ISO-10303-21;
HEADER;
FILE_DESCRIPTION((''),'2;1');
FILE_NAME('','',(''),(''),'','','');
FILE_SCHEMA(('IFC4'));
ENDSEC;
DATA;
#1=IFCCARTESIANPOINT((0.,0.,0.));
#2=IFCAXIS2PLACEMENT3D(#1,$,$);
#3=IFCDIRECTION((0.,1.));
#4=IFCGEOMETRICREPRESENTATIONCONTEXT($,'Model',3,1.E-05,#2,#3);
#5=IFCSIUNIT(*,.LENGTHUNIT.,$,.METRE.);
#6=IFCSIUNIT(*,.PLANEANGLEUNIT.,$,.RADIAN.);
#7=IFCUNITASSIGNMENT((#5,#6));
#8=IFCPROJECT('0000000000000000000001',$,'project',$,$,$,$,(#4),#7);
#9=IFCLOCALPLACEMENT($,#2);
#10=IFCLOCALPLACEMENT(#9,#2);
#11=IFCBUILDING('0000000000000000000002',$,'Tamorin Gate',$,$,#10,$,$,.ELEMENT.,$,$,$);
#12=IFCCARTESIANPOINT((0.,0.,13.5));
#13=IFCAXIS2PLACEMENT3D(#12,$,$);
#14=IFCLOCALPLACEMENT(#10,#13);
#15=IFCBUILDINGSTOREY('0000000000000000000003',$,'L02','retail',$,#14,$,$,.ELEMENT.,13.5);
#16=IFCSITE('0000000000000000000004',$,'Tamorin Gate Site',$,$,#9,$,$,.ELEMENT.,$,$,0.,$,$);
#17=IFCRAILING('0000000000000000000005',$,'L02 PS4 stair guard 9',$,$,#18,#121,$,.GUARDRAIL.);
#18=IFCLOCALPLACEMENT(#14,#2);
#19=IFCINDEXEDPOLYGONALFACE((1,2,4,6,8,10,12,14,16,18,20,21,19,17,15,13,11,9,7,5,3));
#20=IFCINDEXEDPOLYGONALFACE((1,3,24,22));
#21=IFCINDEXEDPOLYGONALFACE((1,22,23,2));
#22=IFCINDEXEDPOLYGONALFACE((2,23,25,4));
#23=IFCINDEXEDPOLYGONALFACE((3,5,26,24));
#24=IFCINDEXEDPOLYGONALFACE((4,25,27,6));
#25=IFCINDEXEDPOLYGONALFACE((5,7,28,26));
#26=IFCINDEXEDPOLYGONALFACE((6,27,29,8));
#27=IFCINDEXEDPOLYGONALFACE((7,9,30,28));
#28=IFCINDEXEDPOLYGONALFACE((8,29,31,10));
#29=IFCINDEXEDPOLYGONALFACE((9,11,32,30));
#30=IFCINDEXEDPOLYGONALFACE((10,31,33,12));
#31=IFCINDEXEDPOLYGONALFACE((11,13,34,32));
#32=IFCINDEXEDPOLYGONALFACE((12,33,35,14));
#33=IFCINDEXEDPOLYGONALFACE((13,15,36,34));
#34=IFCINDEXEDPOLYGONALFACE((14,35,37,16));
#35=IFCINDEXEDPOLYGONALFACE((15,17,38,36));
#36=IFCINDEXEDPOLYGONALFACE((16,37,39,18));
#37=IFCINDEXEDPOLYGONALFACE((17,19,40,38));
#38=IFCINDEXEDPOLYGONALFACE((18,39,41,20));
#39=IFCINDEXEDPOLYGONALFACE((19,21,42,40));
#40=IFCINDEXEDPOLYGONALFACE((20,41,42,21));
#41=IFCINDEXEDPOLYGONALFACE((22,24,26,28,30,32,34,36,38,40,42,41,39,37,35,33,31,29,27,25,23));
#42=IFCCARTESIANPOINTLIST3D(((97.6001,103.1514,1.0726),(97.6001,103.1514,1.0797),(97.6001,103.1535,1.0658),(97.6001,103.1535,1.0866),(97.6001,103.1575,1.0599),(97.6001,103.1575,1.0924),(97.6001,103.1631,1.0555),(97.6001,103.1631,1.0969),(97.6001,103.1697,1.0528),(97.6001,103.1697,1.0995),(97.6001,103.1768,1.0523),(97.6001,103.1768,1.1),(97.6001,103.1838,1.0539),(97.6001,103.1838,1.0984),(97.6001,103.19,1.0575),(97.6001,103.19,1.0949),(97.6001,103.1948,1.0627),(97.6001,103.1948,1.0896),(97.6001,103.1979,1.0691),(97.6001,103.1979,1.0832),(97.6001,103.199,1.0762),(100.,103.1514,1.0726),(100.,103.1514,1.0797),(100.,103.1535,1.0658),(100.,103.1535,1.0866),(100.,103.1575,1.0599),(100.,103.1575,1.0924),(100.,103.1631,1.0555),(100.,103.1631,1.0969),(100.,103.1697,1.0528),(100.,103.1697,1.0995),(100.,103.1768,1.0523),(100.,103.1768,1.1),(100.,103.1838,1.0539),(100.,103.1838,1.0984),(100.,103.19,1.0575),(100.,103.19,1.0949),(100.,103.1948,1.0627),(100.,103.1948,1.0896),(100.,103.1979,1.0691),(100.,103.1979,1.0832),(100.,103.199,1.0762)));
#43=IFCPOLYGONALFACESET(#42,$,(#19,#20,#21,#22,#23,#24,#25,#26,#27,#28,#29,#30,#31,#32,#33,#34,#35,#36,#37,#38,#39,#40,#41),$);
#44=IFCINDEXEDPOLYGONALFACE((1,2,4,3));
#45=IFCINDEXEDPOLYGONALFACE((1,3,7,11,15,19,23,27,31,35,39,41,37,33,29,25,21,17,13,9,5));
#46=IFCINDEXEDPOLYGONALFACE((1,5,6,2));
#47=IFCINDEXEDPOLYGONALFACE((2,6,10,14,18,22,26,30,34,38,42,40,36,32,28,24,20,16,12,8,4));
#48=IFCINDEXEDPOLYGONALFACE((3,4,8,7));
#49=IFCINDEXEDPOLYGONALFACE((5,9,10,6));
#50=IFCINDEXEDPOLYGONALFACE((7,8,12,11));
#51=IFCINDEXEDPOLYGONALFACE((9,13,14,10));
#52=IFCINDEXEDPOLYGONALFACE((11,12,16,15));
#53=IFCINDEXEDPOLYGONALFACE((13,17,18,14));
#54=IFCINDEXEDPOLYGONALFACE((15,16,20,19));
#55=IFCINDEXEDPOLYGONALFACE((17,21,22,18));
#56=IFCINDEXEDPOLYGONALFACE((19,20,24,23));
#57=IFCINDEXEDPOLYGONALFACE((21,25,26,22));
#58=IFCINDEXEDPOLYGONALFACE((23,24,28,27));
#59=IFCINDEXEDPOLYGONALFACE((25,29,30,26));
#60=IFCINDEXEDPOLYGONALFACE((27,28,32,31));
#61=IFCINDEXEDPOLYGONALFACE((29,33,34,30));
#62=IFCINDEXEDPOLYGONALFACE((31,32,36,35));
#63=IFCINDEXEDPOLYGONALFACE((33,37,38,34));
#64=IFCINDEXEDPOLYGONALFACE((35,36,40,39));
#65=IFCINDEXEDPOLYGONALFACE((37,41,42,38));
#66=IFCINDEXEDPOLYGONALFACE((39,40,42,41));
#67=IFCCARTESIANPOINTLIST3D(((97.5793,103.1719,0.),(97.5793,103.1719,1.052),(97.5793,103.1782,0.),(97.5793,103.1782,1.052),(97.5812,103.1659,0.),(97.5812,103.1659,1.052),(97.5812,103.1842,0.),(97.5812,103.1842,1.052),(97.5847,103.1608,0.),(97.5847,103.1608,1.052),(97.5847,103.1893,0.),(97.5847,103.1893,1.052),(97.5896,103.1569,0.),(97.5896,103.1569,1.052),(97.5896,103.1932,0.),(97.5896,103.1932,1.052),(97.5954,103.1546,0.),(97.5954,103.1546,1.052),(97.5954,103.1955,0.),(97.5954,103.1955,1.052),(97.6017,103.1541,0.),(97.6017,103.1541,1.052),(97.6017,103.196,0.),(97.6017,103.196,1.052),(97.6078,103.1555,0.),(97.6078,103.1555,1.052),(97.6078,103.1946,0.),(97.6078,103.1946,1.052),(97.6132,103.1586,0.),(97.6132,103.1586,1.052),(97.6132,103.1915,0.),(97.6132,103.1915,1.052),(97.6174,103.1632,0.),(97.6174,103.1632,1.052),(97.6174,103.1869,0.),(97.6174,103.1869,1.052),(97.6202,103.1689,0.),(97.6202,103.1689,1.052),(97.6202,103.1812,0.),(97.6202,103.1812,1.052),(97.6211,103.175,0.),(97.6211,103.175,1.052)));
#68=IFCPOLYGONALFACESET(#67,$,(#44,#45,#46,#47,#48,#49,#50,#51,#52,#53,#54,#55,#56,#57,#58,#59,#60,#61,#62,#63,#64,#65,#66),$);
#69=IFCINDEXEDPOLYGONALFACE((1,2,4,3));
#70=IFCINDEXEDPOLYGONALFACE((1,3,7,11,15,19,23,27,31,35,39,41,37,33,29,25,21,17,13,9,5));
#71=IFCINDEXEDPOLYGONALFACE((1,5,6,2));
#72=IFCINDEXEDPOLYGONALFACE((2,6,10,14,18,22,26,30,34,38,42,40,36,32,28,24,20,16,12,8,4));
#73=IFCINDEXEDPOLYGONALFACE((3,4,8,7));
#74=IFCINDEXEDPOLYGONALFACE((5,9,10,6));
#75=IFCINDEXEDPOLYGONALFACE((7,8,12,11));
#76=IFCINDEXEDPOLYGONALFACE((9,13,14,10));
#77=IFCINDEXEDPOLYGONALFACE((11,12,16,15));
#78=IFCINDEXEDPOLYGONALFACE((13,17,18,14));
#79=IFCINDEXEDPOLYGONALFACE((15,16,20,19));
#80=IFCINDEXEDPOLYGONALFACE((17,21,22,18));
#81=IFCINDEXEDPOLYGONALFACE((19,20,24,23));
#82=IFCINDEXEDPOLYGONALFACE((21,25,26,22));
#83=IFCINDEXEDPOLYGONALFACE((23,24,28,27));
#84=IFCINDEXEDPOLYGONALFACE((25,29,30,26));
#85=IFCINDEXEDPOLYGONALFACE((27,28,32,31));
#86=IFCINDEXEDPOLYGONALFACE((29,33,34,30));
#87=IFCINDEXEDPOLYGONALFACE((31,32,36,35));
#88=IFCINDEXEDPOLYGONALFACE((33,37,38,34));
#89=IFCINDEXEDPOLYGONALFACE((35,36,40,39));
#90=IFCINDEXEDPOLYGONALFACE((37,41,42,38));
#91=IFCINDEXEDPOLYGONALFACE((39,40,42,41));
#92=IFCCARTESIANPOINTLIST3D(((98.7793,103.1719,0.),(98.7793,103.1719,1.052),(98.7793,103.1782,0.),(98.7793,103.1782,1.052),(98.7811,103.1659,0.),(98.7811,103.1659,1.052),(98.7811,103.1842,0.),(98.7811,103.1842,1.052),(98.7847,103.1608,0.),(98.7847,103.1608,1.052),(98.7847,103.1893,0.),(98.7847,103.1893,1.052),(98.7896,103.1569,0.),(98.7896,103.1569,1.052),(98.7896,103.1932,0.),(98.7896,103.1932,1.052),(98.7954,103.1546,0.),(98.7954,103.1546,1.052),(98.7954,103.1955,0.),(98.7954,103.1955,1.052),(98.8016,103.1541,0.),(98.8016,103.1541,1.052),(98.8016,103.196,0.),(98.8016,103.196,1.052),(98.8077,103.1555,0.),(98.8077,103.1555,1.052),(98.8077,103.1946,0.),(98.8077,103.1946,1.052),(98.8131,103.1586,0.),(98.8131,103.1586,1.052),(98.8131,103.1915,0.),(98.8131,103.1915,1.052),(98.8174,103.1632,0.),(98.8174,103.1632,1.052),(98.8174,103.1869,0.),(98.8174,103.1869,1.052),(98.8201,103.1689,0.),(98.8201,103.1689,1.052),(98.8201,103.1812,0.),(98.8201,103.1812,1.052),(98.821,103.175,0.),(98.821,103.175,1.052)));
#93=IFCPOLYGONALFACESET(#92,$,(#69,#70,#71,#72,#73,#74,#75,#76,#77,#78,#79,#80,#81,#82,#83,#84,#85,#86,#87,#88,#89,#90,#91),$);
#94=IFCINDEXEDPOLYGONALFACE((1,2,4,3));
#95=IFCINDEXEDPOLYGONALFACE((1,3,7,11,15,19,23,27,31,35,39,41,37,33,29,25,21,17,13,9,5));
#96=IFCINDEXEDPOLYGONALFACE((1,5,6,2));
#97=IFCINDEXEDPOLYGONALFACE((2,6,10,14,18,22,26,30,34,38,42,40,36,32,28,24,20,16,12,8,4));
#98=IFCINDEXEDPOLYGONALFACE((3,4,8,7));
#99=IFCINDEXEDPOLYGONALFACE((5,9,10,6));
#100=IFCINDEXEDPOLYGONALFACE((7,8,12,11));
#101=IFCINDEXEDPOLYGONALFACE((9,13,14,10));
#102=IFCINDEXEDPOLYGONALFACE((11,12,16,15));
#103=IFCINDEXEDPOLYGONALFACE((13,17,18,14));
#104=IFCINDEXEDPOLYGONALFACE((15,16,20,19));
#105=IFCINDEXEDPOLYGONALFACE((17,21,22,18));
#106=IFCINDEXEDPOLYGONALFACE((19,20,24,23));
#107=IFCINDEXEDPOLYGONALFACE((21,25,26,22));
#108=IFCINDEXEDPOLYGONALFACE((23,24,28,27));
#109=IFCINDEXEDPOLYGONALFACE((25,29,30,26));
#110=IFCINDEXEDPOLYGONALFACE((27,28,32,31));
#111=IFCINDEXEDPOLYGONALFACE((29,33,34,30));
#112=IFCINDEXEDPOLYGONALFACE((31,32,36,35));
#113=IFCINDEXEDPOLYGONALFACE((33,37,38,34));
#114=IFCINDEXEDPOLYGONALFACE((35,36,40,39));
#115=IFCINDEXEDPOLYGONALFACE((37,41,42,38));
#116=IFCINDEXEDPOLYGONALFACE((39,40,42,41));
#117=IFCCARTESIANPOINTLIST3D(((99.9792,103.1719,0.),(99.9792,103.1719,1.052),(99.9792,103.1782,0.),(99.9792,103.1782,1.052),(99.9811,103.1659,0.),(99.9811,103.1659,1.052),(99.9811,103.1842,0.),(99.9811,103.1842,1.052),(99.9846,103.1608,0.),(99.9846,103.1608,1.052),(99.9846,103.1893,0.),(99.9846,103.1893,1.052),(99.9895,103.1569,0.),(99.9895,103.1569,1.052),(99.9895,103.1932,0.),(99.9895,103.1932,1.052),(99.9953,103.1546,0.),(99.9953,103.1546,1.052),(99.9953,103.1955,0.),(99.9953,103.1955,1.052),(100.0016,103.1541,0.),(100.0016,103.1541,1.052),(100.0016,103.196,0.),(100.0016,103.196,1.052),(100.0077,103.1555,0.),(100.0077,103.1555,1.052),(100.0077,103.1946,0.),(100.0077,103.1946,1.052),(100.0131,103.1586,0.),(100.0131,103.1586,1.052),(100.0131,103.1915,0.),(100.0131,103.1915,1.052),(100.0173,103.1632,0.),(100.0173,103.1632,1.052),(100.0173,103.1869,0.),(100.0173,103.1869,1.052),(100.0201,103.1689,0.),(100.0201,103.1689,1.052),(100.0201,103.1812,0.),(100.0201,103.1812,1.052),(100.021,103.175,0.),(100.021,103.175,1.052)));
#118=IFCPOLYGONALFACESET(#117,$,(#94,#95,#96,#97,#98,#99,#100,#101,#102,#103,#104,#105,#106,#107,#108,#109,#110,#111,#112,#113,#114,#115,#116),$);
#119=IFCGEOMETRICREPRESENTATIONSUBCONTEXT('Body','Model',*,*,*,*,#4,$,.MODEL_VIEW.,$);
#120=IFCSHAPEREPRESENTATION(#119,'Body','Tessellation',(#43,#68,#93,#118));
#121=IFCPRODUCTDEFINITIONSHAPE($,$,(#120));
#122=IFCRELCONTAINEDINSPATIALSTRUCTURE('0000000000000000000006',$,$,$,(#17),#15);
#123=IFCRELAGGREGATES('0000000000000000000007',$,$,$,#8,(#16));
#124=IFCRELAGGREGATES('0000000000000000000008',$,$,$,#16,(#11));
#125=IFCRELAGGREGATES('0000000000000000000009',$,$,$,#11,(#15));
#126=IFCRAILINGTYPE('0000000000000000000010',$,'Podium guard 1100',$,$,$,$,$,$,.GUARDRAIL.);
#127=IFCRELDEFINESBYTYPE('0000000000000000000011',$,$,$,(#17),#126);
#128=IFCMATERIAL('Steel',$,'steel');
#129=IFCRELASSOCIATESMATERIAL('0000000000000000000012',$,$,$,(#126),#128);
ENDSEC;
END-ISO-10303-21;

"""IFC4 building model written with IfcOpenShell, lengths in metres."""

from ifc_helpers import new_model, si_unit, direction, frame, origin, origin_2d, place, context, subcontext, project, spatial, circle, extrude, material, type_object, element, save


model = new_model("IFC4")

# Units and contexts
model_context = context("Model", 3, precision=1e-05, world=origin(), true_north=direction((0.0, 1.0)))
body_context = subcontext(model_context, "Body", "Model", "MODEL_VIEW")
ifc_project = project(units=[si_unit("LENGTHUNIT", "METRE"), si_unit("PLANEANGLEUNIT", "RADIAN")], contexts=[model_context])

# Site, building, storey
site_placement = place(None, origin())
site = spatial("IfcSite", under=ifc_project, at=site_placement, Name="Tamorin Gate Site", CompositionType="ELEMENT", RefElevation=0.0)
building_placement = place(site_placement, origin())
building = spatial("IfcBuilding", under=site, at=building_placement, Name="Tamorin Gate", CompositionType="ELEMENT")
storey_placement = place(building_placement, frame((0.0, 0.0, 13.5)))
storey = spatial("IfcBuildingStorey", under=building, at=storey_placement, Name="L02", Description="retail", CompositionType="ELEMENT", Elevation=13.5)

# Railing
ifc_material_1 = material(Name="Steel", Category="steel")
railing_type = type_object("IfcRailingType", Name="Podium guard 1100", PredefinedType="GUARDRAIL", material=ifc_material_1)
for number, where, name in (
    (1, (97.6001, 103.175, 0.0), "L02 PS4 stair guard 9"),
):
    element("IfcRailing", number, at=place(storey_placement, frame(where)), inside=storey, type_object=railing_type, Name=name, PredefinedType="GUARDRAIL", context=body_context, shape_type="SweptSolid", body=[
        extrude(circle(Radius=0.0239, at=origin_2d()), frame((0.0, 0.0, 1.0762), z_axis=(1.0, 0.0, 0.0), x_axis=(0.0, 1.0, 0.0)), (0.0, 0.0, 1.0), 2.3999),
        extrude(circle(Radius=0.021, at=origin_2d()), origin(), (0.0, 0.0, 1.0), 1.052),
        extrude(circle(Radius=0.021, at=origin_2d()), frame((1.2, 0.0, 0.0)), (0.0, 0.0, 1.0), 1.052),
        extrude(circle(Radius=0.021, at=origin_2d()), frame((2.3999, 0.0, 0.0)), (0.0, 0.0, 1.0), 1.052),
    ])

save(model, "model.ifc")
